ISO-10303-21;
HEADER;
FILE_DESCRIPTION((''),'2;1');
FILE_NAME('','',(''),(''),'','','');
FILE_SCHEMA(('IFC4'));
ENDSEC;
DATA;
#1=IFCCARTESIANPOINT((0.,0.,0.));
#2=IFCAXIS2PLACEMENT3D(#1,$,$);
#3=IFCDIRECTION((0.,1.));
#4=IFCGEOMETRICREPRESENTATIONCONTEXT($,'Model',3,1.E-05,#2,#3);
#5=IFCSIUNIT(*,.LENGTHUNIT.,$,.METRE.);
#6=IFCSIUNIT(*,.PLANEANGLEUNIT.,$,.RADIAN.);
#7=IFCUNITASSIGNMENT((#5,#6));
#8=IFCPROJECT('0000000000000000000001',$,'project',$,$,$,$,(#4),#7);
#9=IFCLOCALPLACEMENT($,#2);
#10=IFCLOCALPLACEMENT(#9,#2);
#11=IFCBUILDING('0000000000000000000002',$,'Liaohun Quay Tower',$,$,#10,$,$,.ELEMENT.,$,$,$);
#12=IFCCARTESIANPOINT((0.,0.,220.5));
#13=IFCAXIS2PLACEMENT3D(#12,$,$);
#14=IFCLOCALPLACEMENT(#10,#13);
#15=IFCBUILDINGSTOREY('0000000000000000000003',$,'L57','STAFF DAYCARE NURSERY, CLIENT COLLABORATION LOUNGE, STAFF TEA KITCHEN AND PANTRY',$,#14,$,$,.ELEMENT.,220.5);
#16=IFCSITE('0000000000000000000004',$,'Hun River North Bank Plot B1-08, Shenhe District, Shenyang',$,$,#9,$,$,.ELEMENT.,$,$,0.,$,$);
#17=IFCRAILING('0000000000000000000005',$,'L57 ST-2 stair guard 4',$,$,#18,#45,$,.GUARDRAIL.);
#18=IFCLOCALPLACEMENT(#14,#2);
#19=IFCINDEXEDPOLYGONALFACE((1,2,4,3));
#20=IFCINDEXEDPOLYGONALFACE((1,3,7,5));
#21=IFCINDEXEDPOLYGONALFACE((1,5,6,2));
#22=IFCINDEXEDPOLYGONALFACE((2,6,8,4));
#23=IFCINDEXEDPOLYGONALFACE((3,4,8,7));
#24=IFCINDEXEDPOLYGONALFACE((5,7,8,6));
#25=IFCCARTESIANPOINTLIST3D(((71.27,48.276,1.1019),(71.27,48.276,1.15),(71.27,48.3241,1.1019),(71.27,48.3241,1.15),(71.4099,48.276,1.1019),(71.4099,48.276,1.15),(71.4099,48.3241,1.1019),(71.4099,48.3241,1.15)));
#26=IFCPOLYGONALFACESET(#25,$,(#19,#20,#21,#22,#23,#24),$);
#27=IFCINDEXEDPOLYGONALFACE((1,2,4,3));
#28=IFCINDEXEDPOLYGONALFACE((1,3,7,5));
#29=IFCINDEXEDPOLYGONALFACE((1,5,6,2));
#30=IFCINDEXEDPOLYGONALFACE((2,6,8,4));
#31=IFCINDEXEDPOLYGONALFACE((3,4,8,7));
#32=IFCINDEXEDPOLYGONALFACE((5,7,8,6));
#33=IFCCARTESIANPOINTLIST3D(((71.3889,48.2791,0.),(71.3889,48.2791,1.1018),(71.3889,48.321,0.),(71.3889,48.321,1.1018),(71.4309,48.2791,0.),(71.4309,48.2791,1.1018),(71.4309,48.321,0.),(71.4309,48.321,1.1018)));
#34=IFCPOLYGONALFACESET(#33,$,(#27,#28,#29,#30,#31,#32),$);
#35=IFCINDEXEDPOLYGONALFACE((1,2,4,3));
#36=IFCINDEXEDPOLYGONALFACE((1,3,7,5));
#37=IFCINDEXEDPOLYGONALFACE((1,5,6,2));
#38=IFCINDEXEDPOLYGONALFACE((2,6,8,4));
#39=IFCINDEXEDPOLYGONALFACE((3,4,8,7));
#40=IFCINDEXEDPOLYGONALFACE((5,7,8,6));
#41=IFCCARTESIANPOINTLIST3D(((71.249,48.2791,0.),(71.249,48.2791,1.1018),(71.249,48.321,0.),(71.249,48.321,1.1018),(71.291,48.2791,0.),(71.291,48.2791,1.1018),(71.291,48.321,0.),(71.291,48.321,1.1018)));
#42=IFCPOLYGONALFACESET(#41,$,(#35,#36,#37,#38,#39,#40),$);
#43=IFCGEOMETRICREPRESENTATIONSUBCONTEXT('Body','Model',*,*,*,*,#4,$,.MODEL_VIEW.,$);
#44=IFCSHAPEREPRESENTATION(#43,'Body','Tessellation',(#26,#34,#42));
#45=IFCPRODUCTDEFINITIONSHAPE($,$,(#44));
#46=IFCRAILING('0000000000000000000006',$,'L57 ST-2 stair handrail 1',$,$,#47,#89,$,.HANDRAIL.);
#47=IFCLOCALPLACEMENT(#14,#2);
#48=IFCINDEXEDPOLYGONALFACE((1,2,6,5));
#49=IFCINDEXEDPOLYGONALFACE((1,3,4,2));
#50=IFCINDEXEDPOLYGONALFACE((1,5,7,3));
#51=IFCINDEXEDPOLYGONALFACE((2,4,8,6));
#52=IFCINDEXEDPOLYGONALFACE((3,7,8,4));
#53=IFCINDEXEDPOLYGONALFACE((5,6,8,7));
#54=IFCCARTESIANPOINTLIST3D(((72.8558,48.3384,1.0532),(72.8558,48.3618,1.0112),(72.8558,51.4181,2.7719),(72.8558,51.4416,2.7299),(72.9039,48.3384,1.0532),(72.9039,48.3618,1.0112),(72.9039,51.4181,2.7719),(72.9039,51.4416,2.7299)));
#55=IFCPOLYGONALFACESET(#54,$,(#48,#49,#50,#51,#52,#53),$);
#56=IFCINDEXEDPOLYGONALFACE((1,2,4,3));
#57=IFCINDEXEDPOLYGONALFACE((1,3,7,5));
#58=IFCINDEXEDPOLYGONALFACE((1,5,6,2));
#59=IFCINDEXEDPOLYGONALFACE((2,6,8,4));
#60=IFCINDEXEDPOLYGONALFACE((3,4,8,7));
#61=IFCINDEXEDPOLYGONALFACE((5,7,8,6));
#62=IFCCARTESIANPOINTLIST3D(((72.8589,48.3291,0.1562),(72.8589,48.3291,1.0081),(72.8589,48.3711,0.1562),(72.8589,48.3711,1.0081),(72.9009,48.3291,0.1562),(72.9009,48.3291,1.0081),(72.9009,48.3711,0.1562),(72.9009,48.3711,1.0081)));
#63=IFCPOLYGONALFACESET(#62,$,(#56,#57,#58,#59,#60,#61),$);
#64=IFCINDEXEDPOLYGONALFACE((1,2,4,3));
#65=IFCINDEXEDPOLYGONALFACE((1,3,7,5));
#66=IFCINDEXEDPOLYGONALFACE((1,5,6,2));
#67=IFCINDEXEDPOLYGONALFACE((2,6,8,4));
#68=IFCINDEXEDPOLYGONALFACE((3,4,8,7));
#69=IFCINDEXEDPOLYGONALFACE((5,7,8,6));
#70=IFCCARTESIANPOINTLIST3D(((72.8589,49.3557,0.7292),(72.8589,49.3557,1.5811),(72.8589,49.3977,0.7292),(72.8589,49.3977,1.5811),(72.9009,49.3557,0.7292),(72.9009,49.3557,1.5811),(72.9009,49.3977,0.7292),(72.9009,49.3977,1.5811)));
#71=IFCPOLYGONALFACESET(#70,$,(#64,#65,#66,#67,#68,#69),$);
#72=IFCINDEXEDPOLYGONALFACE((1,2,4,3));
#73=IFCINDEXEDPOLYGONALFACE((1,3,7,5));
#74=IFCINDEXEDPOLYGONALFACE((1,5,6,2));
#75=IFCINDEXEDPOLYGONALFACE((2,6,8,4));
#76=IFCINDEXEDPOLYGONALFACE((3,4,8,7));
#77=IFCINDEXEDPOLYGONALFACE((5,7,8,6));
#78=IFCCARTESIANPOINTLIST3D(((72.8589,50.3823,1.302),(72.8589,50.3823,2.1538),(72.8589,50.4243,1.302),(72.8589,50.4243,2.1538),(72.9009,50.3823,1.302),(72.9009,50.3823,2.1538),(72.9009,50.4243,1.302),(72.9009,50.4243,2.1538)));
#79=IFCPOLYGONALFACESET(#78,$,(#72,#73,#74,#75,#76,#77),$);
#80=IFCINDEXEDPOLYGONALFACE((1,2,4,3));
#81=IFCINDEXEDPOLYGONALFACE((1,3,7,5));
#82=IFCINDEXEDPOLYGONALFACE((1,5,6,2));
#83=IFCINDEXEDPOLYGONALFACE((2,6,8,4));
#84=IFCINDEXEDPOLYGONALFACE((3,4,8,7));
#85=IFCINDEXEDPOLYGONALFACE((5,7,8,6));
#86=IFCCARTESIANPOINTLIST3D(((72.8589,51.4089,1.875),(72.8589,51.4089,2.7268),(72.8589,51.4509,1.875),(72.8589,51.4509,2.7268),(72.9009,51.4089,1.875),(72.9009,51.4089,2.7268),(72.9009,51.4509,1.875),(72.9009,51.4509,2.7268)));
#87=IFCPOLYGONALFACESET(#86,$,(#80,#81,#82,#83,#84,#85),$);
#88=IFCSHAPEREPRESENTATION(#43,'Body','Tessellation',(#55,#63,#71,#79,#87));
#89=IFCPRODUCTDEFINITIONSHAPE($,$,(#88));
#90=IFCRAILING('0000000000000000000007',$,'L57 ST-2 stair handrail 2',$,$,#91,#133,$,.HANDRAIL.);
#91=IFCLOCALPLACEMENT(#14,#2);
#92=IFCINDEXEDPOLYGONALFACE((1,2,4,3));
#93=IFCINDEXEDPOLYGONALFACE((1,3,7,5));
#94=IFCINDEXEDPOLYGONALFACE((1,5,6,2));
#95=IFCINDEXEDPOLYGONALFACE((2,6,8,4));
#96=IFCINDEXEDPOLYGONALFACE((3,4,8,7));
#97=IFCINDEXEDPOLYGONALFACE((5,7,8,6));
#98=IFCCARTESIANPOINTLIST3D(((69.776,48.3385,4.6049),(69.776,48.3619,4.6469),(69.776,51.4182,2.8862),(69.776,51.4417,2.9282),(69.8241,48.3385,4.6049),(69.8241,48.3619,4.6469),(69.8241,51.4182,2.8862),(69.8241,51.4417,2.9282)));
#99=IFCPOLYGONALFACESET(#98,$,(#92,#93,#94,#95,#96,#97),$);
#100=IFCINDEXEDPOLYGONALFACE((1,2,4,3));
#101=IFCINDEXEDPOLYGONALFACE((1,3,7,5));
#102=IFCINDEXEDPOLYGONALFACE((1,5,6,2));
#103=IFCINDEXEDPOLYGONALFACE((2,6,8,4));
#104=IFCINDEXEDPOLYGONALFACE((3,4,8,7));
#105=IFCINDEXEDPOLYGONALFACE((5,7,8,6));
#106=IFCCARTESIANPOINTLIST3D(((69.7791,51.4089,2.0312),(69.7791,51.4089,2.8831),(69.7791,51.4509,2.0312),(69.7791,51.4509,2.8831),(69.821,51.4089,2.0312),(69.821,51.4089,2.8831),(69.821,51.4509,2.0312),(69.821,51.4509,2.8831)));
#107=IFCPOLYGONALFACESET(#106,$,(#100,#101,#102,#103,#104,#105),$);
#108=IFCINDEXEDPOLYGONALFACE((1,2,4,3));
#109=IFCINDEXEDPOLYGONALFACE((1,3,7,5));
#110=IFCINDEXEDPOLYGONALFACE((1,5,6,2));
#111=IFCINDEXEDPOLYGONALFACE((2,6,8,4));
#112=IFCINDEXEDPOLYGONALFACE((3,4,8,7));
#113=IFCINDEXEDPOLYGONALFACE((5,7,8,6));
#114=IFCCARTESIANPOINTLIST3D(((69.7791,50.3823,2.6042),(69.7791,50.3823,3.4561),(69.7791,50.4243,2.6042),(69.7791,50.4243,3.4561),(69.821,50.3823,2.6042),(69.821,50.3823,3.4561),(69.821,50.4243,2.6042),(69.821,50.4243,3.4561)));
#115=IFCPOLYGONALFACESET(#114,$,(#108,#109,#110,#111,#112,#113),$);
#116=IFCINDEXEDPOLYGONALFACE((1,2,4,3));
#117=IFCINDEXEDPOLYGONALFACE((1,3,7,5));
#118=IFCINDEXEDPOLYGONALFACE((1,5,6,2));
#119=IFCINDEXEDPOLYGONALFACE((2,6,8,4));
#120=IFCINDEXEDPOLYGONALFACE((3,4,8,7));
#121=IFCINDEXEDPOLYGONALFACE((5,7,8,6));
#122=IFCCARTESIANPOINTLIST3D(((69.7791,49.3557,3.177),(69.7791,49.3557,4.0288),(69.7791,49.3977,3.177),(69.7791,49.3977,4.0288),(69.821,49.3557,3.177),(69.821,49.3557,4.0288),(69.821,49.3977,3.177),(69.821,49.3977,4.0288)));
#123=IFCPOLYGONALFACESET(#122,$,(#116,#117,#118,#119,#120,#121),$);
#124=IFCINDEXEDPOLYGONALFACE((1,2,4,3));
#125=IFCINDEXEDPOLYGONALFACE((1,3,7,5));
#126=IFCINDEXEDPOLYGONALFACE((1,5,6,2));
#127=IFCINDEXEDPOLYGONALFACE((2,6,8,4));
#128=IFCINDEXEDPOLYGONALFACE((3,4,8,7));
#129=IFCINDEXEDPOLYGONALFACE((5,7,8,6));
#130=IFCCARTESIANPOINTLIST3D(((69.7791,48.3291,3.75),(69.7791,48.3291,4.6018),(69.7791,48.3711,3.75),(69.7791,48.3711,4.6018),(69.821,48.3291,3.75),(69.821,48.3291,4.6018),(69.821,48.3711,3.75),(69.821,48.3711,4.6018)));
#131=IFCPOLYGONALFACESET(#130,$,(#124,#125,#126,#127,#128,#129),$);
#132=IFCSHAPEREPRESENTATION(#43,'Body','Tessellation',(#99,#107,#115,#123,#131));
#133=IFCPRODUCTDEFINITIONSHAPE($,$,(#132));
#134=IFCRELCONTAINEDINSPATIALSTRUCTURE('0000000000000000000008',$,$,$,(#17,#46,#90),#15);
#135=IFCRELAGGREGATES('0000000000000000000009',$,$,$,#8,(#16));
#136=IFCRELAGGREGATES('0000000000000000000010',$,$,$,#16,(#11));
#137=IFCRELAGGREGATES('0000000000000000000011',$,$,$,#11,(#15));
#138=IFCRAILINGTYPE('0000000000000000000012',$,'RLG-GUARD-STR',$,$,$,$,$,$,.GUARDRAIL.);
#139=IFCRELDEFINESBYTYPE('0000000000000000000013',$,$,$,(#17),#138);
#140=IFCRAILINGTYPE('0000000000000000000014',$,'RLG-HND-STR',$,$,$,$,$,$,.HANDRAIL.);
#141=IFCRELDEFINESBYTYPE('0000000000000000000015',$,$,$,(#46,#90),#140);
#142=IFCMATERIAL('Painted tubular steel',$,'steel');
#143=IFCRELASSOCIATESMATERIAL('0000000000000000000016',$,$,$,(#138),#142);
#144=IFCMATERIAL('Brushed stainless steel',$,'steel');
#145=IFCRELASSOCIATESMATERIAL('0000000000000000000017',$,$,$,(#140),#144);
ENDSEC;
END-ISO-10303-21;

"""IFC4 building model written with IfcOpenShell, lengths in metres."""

from ifc_helpers import new_model, si_unit, direction, frame, origin, origin_2d, place, context, subcontext, project, spatial, rectangle, extrude, material, type_object, element, save


model = new_model("IFC4")

# Units and contexts
model_context = context("Model", 3, precision=1e-05, world=origin(), true_north=direction((0.0, 1.0)))
body_context = subcontext(model_context, "Body", "Model", "MODEL_VIEW")
ifc_project = project(units=[si_unit("LENGTHUNIT", "METRE"), si_unit("PLANEANGLEUNIT", "RADIAN")], contexts=[model_context])

# Site, building, storey
site_placement = place(None, origin())
site = spatial("IfcSite", under=ifc_project, at=site_placement, Name="Hun River North Bank Plot B1-08, Shenhe District, Shenyang", CompositionType="ELEMENT", RefElevation=0.0)
building_placement = place(site_placement, origin())
building = spatial("IfcBuilding", under=site, at=building_placement, Name="Liaohun Quay Tower", CompositionType="ELEMENT")
storey_placement = place(building_placement, frame((0.0, 0.0, 220.5)))
storey = spatial("IfcBuildingStorey", under=building, at=storey_placement, Name="L57", Description="STAFF DAYCARE NURSERY, CLIENT COLLABORATION LOUNGE, STAFF TEA KITCHEN AND PANTRY", CompositionType="ELEMENT", Elevation=220.5)

# Railings
ifc_material_1 = material(Name="Painted tubular steel", Category="steel")
railing_type_1 = type_object("IfcRailingType", Name="RLG-GUARD-STR", PredefinedType="GUARDRAIL", material=ifc_material_1)
railing_1_placement = place(storey_placement, frame((71.4099, 48.3, 0.0)))
element("IfcRailing", 1, at=railing_1_placement, inside=storey, type_object=railing_type_1, Name="L57 ST-2 stair guard 4", PredefinedType="GUARDRAIL", context=body_context, shape_type="SweptSolid", body=[
    extrude(rectangle(XDim=0.0481, YDim=0.0481, at=origin_2d()), frame((0.0, 0.0, 1.126), z_axis=(-1.0, 0.0, 0.0), x_axis=(0.0, -1.0, 0.0)), (0.0, 0.0, 1.0), 0.1399),
    extrude(rectangle(XDim=0.042, YDim=0.042, at=origin_2d()), origin(), (0.0, 0.0, 1.0), 1.1018),
    extrude(rectangle(XDim=0.042, YDim=0.042, at=origin_2d()), frame((-0.1399, 0.0, 0.0)), (0.0, 0.0, 1.0), 1.1018),
])
ifc_material_2 = material(Name="Brushed stainless steel", Category="steel")
railing_type_2 = type_object("IfcRailingType", Name="RLG-HND-STR", PredefinedType="HANDRAIL", material=ifc_material_2)
railing_2_placement = place(storey_placement, frame((72.8799, 48.3501, 0.1562)))
element("IfcRailing", 2, at=railing_2_placement, inside=storey, type_object=railing_type_2, Name="L57 ST-2 stair handrail 1", PredefinedType="HANDRAIL", context=body_context, shape_type="SweptSolid", body=[
    extrude(rectangle(XDim=0.0481, YDim=0.0481, at=origin_2d()), frame((0.0, 0.0, 0.876), z_axis=(0.0, 0.873225, 0.487317), x_axis=(-1.0, 0.0, 0.0)), (0.0, 0.0, 1.0), 3.5269),
    extrude(rectangle(XDim=0.042, YDim=0.042, at=origin_2d()), origin(), (0.0, 0.0, 1.0), 0.8518),
    extrude(rectangle(XDim=0.042, YDim=0.042, at=origin_2d()), frame((0.0, 1.0266, 0.573)), (0.0, 0.0, 1.0), 0.8518),
    extrude(rectangle(XDim=0.042, YDim=0.042, at=origin_2d()), frame((0.0, 2.0532, 1.1458)), (0.0, 0.0, 1.0), 0.8518),
    extrude(rectangle(XDim=0.042, YDim=0.042, at=origin_2d()), frame((0.0, 3.0798, 1.7188)), (0.0, 0.0, 1.0), 0.8518),
])
railing_3_placement = place(storey_placement, frame((69.8, 51.4299, 2.0312)))
element("IfcRailing", 3, at=railing_3_placement, inside=storey, type_object=railing_type_2, Name="L57 ST-2 stair handrail 2", PredefinedType="HANDRAIL", context=body_context, shape_type="SweptSolid", body=[
    extrude(rectangle(XDim=0.0481, YDim=0.0481, at=origin_2d()), frame((0.0, 0.0, 0.876), z_axis=(0.0, -0.873225, 0.487317), x_axis=(1.0, 0.0, 0.0)), (0.0, 0.0, 1.0), 3.5269),
    extrude(rectangle(XDim=0.042, YDim=0.042, at=origin_2d()), origin(), (0.0, 0.0, 1.0), 0.8518),
    extrude(rectangle(XDim=0.042, YDim=0.042, at=origin_2d()), frame((0.0, -1.0266, 0.573)), (0.0, 0.0, 1.0), 0.8518),
    extrude(rectangle(XDim=0.042, YDim=0.042, at=origin_2d()), frame((0.0, -2.0532, 1.1458)), (0.0, 0.0, 1.0), 0.8518),
    extrude(rectangle(XDim=0.042, YDim=0.042, at=origin_2d()), frame((0.0, -3.0798, 1.7188)), (0.0, 0.0, 1.0), 0.8518),
])

save(model, "model.ifc")
